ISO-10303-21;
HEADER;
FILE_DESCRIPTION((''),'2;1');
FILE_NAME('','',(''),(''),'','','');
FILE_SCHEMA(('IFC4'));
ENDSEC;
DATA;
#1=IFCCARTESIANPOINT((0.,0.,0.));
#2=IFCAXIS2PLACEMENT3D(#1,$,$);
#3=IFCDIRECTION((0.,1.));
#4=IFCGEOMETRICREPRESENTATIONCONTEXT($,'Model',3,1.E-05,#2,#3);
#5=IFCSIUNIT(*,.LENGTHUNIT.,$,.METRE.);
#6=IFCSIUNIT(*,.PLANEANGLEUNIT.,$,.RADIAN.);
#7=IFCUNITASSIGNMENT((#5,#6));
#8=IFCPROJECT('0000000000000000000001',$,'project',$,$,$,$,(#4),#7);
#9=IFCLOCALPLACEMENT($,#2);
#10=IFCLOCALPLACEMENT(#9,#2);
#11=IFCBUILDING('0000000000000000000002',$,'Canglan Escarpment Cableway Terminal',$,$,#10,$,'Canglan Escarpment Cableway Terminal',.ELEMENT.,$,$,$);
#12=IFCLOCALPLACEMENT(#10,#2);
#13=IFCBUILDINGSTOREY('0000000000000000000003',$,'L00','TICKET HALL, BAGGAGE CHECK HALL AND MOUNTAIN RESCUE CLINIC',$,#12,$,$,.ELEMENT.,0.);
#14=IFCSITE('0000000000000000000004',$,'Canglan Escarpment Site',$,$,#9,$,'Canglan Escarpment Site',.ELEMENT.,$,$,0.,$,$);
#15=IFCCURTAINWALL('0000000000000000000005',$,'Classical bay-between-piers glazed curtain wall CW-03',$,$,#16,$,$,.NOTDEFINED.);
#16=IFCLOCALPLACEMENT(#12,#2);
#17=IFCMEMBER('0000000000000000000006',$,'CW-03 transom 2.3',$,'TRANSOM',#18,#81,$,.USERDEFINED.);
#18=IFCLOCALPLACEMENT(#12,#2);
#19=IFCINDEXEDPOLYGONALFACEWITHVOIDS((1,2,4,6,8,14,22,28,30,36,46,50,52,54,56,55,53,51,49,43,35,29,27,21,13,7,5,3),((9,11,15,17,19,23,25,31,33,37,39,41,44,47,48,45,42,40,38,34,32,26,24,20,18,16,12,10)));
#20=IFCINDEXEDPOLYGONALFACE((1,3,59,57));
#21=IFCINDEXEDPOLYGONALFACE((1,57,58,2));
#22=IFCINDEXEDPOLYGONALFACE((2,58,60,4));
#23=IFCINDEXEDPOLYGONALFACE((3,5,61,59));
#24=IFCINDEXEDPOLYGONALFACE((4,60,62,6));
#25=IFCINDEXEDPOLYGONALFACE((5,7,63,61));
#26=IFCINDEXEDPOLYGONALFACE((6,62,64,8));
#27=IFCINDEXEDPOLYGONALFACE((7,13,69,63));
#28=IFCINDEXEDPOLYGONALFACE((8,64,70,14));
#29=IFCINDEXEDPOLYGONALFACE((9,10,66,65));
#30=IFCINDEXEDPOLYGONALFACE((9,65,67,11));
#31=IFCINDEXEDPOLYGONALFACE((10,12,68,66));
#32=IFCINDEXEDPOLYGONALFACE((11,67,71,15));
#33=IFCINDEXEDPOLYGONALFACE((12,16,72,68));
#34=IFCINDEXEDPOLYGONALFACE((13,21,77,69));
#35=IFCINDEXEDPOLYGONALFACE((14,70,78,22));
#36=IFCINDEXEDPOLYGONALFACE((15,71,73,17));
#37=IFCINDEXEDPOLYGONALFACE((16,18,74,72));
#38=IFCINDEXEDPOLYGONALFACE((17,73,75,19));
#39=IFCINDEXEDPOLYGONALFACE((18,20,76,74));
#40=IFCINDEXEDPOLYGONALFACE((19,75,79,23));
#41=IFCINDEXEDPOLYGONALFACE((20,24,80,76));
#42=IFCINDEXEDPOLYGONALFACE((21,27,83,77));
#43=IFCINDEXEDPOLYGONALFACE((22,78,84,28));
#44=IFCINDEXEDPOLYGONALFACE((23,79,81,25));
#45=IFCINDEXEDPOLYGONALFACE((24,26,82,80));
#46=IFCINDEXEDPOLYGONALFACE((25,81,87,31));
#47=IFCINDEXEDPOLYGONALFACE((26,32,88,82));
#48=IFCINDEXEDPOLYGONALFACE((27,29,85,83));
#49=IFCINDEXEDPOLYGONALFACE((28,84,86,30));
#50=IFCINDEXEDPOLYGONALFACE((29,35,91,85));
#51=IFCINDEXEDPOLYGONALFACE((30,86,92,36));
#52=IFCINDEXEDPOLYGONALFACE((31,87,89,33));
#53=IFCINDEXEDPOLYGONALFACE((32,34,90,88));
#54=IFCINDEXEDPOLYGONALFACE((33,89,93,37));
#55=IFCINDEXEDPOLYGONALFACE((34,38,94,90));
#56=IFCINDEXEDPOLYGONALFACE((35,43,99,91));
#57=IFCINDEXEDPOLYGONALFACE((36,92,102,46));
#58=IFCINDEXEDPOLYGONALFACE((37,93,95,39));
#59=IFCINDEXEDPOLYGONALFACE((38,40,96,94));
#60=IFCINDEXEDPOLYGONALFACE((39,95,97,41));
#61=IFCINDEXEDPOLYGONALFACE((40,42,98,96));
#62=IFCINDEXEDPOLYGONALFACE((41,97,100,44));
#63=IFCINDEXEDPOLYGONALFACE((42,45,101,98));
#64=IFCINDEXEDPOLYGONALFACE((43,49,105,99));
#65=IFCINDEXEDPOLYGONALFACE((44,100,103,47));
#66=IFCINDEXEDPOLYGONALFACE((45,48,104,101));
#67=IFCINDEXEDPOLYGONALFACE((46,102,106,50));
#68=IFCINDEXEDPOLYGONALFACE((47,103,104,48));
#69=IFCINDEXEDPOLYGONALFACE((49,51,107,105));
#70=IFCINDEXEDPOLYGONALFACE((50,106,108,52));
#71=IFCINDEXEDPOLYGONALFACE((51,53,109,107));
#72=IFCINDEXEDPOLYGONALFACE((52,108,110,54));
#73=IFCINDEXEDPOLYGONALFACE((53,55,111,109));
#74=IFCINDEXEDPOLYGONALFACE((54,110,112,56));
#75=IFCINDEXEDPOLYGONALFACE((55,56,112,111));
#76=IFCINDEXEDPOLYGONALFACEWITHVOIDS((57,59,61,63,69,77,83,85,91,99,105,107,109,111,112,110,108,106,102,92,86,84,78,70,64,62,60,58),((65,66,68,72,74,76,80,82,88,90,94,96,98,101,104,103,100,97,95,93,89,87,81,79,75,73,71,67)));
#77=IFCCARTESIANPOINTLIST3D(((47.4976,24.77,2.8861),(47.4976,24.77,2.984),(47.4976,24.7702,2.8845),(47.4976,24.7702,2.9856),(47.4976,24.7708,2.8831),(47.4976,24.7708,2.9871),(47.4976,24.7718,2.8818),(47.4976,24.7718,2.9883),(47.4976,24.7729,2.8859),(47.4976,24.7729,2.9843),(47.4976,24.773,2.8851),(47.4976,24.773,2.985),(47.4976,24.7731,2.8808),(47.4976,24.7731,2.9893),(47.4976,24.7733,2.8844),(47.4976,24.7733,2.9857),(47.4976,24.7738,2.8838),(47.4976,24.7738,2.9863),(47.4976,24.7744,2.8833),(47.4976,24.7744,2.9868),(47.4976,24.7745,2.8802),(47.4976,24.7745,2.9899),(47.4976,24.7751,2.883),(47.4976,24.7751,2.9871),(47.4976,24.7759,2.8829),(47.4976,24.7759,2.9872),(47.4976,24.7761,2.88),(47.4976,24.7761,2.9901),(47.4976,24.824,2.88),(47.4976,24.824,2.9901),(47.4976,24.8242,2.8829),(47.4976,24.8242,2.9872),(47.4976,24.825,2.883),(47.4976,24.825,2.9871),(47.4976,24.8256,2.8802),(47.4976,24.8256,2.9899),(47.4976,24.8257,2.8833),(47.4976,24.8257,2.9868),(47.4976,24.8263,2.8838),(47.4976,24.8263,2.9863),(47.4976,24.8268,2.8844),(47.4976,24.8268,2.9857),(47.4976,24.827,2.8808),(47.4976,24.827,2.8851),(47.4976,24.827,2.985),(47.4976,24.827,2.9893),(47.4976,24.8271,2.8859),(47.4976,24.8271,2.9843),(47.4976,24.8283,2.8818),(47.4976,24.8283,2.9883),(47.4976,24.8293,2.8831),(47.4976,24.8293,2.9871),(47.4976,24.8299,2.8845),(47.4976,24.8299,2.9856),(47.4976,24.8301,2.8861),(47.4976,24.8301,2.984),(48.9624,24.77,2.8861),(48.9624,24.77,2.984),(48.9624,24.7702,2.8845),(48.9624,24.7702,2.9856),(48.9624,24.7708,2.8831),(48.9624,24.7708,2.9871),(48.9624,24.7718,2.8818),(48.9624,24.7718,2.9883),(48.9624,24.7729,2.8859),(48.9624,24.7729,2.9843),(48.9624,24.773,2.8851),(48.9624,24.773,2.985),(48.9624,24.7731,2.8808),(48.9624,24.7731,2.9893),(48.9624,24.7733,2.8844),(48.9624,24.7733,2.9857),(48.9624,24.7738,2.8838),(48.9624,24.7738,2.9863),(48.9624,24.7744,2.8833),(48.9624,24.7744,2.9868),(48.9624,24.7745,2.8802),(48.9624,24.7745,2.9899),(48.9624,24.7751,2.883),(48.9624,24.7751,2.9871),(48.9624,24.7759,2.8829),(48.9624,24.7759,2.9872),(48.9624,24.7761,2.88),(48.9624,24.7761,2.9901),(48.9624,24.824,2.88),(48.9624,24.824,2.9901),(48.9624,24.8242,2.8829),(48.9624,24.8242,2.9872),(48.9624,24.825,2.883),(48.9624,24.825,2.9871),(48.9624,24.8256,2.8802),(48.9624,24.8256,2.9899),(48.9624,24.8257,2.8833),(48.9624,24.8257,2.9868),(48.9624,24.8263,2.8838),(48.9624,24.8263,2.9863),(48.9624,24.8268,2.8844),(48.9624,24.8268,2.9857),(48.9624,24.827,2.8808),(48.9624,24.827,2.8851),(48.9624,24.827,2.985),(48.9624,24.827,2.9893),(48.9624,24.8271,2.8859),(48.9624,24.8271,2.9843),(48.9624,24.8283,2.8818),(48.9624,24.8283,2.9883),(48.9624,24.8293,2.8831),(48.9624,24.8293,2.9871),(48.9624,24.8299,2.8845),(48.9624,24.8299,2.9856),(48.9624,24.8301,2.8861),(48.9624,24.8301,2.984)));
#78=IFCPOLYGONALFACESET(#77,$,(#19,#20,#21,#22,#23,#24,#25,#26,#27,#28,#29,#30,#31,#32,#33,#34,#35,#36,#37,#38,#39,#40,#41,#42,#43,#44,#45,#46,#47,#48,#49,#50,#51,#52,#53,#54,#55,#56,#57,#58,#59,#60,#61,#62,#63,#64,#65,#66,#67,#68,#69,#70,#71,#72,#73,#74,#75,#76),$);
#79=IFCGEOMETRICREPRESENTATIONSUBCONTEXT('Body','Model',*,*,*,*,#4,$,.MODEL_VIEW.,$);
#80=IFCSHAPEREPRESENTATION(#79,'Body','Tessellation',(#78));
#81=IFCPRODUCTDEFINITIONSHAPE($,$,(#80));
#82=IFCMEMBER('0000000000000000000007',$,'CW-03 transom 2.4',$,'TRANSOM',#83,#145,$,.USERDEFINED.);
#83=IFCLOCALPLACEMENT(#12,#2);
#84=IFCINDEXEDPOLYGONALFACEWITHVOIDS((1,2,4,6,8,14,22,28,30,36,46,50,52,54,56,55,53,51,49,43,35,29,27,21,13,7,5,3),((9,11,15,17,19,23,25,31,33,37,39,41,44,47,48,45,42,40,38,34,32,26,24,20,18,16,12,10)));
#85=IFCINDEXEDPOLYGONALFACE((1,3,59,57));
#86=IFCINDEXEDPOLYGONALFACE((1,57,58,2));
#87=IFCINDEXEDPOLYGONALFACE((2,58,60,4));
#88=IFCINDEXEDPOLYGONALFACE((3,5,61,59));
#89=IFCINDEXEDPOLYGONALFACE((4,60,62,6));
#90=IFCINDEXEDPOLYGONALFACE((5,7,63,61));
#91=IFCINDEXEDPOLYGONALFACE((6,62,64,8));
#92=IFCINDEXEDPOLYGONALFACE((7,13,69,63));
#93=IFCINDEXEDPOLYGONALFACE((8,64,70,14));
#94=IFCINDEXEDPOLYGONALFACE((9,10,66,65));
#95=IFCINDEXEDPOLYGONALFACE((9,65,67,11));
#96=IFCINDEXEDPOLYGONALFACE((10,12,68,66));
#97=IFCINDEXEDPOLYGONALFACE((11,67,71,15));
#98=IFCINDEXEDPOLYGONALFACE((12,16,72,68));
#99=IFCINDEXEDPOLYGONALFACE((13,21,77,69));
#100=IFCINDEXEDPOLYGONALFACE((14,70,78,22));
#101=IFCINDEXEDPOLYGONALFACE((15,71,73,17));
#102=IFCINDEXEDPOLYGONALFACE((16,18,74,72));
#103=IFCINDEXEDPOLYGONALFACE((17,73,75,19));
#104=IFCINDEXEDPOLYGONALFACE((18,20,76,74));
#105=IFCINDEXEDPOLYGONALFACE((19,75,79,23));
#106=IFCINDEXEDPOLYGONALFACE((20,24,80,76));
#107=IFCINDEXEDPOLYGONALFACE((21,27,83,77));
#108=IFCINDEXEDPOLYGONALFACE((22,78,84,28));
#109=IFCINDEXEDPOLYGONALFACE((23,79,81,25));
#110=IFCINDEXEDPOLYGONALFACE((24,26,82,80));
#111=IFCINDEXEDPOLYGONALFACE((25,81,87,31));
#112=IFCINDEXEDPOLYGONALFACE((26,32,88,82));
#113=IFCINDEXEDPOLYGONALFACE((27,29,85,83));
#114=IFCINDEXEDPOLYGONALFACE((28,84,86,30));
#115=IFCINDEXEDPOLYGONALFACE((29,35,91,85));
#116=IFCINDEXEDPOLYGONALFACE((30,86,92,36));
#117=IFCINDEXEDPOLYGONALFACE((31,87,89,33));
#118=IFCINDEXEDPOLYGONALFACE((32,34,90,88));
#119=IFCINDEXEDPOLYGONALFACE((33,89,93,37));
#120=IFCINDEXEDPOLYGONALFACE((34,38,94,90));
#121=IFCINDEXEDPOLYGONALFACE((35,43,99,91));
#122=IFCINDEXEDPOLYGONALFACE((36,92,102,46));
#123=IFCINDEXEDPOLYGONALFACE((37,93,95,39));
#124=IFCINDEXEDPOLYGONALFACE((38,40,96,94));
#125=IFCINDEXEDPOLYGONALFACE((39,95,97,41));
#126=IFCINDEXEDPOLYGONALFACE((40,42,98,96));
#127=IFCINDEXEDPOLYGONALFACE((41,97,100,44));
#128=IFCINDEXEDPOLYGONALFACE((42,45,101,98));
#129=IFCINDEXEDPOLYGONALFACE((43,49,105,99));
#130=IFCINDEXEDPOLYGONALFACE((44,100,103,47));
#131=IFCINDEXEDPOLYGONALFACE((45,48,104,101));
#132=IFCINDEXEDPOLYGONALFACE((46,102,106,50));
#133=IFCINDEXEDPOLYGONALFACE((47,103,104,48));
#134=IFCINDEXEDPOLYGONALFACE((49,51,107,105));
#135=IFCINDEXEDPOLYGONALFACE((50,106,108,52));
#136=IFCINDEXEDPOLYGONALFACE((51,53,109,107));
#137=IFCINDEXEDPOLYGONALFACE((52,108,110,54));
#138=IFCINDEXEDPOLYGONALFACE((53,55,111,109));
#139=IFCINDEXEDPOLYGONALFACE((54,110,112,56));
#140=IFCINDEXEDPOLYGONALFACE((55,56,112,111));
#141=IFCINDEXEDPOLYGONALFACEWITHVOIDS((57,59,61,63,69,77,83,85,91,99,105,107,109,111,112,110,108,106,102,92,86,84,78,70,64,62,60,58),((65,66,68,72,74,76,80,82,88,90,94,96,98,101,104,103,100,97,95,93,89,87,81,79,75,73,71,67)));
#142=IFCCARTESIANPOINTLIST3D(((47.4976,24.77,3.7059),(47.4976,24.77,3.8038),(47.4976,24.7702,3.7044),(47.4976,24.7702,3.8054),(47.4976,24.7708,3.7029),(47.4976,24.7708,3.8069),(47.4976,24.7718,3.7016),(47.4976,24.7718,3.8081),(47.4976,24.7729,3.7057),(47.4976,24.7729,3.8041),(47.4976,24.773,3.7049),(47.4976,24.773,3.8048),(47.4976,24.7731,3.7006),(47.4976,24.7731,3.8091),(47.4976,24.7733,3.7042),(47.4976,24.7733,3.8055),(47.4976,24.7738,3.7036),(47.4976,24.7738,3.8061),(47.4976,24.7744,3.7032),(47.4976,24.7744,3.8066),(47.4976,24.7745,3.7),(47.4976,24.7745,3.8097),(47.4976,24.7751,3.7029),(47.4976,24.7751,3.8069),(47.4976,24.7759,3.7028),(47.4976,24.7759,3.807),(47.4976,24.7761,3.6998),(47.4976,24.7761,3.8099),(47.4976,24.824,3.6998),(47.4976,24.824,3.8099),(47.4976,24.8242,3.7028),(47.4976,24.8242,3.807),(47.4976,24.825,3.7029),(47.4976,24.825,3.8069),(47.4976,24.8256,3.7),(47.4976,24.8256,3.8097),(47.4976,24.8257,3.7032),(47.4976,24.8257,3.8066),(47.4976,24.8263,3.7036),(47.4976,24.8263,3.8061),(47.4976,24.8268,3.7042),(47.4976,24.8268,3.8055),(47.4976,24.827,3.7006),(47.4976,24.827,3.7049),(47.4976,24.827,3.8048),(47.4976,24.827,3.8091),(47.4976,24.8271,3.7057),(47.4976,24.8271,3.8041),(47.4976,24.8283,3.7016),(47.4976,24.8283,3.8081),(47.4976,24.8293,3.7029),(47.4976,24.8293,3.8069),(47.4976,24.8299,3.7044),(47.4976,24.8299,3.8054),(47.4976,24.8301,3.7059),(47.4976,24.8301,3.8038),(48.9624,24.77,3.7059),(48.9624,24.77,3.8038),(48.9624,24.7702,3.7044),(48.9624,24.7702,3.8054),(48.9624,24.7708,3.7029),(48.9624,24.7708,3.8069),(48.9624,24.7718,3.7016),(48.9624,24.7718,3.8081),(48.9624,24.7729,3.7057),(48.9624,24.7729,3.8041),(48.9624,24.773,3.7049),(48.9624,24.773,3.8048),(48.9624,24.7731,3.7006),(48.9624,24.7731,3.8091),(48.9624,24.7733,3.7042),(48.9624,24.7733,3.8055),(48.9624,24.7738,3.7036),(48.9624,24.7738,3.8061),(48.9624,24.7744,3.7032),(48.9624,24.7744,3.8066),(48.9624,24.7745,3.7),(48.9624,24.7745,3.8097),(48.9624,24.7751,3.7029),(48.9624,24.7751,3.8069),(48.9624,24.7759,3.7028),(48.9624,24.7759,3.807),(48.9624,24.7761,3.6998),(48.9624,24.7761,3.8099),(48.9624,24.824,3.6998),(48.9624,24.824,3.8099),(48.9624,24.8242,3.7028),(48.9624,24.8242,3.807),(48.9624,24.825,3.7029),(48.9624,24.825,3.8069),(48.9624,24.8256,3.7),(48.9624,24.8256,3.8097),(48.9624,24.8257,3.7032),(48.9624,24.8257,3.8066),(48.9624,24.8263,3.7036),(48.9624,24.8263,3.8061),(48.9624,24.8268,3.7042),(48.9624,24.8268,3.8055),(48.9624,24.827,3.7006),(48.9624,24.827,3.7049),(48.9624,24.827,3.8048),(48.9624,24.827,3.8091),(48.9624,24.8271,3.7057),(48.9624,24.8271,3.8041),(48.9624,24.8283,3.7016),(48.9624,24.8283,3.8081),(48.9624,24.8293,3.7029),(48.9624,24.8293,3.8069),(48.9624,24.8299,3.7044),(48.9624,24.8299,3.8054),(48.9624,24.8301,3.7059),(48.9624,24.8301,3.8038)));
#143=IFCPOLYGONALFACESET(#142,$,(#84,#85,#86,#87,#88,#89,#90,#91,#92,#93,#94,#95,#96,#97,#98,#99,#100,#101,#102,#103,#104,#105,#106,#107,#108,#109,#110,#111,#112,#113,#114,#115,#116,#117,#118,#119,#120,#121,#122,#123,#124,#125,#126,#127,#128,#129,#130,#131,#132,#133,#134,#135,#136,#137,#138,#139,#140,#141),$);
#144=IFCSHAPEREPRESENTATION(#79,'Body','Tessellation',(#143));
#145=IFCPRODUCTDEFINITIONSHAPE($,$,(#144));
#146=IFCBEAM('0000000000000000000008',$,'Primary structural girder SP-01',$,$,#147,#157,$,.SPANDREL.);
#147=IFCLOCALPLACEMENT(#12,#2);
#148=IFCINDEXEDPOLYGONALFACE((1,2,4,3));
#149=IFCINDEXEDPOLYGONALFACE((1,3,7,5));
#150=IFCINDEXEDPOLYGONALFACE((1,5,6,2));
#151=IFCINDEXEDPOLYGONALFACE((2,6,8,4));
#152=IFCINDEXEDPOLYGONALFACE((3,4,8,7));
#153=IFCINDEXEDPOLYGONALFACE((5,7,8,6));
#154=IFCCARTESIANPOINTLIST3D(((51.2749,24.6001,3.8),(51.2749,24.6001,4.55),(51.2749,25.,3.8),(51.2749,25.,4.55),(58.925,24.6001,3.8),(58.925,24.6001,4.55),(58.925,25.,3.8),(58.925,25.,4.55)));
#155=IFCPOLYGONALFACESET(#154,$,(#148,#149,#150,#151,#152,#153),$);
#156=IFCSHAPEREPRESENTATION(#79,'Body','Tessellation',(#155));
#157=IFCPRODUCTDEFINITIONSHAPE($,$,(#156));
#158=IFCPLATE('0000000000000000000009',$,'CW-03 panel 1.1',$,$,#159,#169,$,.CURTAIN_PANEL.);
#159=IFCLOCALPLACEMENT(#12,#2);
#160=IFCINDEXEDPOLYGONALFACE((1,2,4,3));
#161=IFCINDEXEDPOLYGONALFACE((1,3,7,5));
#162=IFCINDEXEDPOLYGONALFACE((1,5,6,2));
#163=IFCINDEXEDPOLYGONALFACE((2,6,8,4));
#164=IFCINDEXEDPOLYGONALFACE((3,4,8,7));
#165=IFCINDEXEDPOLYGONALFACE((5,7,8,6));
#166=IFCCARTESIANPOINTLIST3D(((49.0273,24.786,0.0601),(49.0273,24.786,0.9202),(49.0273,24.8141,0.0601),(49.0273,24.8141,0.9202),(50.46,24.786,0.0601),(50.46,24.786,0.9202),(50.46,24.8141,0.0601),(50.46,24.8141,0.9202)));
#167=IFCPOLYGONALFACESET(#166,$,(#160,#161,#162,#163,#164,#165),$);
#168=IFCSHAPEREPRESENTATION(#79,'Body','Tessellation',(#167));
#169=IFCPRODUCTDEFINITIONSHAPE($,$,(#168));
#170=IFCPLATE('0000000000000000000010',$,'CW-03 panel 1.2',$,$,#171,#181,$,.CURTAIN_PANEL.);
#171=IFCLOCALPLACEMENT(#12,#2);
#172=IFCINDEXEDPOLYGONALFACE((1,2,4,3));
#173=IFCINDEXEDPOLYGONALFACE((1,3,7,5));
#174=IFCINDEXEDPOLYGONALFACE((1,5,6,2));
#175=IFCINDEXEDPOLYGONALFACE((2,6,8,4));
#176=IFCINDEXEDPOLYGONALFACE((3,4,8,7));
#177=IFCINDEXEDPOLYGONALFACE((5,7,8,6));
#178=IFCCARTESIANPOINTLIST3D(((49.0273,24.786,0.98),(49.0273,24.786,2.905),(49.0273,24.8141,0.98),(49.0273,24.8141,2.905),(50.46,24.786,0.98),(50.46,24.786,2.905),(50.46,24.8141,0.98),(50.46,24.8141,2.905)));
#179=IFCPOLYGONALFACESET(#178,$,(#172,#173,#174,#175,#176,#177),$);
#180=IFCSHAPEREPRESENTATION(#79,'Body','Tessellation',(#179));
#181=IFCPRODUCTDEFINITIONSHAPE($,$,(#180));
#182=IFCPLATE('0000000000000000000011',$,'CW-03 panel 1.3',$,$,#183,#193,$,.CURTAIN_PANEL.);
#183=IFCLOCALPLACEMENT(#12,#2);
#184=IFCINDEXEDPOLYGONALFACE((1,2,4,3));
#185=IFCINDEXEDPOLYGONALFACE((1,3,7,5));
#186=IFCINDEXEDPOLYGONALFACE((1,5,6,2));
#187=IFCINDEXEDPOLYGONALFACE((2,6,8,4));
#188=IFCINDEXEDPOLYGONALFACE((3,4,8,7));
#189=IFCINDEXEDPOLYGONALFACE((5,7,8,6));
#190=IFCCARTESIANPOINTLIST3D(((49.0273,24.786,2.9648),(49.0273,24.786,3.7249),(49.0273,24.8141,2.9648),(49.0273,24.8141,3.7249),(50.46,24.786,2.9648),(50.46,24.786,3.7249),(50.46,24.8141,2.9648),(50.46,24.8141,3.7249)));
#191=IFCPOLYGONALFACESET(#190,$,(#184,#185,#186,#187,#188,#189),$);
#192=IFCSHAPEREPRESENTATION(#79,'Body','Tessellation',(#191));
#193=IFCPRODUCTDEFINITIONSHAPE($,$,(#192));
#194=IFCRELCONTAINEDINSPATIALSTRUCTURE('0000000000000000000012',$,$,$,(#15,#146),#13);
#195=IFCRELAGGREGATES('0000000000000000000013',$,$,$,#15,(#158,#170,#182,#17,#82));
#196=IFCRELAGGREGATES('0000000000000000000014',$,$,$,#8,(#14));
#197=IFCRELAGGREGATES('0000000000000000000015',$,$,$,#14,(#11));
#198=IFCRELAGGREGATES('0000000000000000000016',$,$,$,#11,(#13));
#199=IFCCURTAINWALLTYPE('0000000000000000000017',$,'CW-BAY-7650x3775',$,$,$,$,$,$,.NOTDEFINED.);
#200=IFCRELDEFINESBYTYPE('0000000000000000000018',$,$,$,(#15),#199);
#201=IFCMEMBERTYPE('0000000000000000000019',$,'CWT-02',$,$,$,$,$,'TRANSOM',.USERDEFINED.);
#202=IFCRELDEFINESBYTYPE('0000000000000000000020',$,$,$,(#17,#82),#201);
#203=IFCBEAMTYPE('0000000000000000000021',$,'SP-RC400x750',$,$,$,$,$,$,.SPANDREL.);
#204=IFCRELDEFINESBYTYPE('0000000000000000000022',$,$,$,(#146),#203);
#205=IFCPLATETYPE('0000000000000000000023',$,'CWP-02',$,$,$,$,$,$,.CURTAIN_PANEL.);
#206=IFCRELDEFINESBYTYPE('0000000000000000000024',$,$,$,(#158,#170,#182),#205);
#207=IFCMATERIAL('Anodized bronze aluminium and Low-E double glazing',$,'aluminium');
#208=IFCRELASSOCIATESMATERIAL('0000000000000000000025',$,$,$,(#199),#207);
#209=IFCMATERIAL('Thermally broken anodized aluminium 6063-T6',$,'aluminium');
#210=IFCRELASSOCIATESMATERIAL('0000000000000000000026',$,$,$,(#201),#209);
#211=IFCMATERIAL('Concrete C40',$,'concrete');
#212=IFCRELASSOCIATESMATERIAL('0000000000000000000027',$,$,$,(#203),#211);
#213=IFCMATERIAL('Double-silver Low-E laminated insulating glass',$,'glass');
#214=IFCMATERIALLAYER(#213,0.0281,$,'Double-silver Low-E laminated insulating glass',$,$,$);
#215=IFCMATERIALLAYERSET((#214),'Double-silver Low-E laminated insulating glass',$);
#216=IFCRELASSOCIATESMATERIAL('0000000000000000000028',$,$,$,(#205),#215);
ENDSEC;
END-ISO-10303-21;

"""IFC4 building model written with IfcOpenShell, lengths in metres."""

from ifc_helpers import new_model, si_unit, direction, frame, origin, origin_2d, place, context, subcontext, project, spatial, rectangle, hollow_rectangle, extrude, material, layer, layer_set, material_profile, profile_set, type_object, element, aggregate, save


model = new_model("IFC4")

# Units and contexts
model_context = context("Model", 3, precision=1e-05, world=origin(), true_north=direction((0.0, 1.0)))
body_context = subcontext(model_context, "Body", "Model", "MODEL_VIEW")
ifc_project = project(units=[si_unit("LENGTHUNIT", "METRE"), si_unit("PLANEANGLEUNIT", "RADIAN")], contexts=[model_context])

# Site, building, storey
site_placement = place(None, origin())
site = spatial("IfcSite", under=ifc_project, at=site_placement, Name="Canglan Escarpment Site", LongName="Canglan Escarpment Site", CompositionType="ELEMENT", RefElevation=0.0)
building_placement = place(site_placement, origin())
building = spatial("IfcBuilding", under=site, at=building_placement, Name="Canglan Escarpment Cableway Terminal", LongName="Canglan Escarpment Cableway Terminal", CompositionType="ELEMENT")
storey_placement = place(building_placement, origin())
storey = spatial("IfcBuildingStorey", under=building, at=storey_placement, Name="L00", Description="TICKET HALL, BAGGAGE CHECK HALL AND MOUNTAIN RESCUE CLINIC", CompositionType="ELEMENT", Elevation=0.0)

# Shared definitions
ifc_material_1 = material(Name="Concrete C40", Category="concrete")

# Curtain wall
ifc_material_2 = material(Name="Anodized bronze aluminium and Low-E double glazing", Category="aluminium")
curtain_wall_type = type_object("IfcCurtainWallType", Name="CW-BAY-7650x3775", PredefinedType="NOTDEFINED", material=ifc_material_2)
curtain_wall_1_placement = place(storey_placement, origin())
curtain_wall_1 = element("IfcCurtainWall", 1, at=curtain_wall_1_placement, inside=storey, type_object=curtain_wall_type, Name="Classical bay-between-piers glazed curtain wall CW-03", PredefinedType="NOTDEFINED")
ifc_material_3 = material(Name="Thermally broken anodized aluminium 6063-T6", Category="aluminium")

# Members
ifc_material_profile_1 = material_profile(ifc_material_3, hollow_rectangle(XDim=0.0601, YDim=0.1101, WallThickness=0.0029, InnerFilletRadius=0.0029, OuterFilletRadius=0.0061, at=origin_2d()), Name="ALU-TRAN 60x110x3")
ifc_profile_set_1 = profile_set([ifc_material_profile_1], Name="Thermally broken anodized aluminium 6063-T6")
member_type_1 = type_object("IfcMemberType", Name="CWT-02", ElementType="TRANSOM", PredefinedType="USERDEFINED", material=ifc_profile_set_1)
member_1_placement = place(storey_placement, frame((48.9624, 24.8, 2.9351), z_axis=(-1.0, 0.0, 0.0), x_axis=(0.0, -1.0, 0.0)))
member_1 = element("IfcMember", 2, at=member_1_placement, type_object=member_type_1, Name="CW-03 transom 2.3", ObjectType="TRANSOM", PredefinedType="USERDEFINED", context=body_context, shape_type="SweptSolid", body=[
    extrude(hollow_rectangle(XDim=0.0601, YDim=0.1101, WallThickness=0.0029, InnerFilletRadius=0.0029, OuterFilletRadius=0.0061, at=origin_2d()), origin(), (0.0, 0.0, 1.0), 1.4648),
])
member_2_placement = place(storey_placement, frame((48.9624, 24.8, 3.7549), z_axis=(-1.0, 0.0, 0.0), x_axis=(0.0, -1.0, 0.0)))
member_2 = element("IfcMember", 3, at=member_2_placement, type_object=member_type_1, Name="CW-03 transom 2.4", ObjectType="TRANSOM", PredefinedType="USERDEFINED", context=body_context, shape_type="SweptSolid", body=[
    extrude(hollow_rectangle(XDim=0.0601, YDim=0.1101, WallThickness=0.0029, InnerFilletRadius=0.0029, OuterFilletRadius=0.0061, at=origin_2d()), origin(), (0.0, 0.0, 1.0), 1.4648),
])

# Beam
ifc_material_profile_2 = material_profile(ifc_material_1, rectangle(XDim=0.3999, YDim=0.75, at=origin_2d()), Name="RC 400x750")
ifc_profile_set_2 = profile_set([ifc_material_profile_2], Name="Concrete C40")
beam_type = type_object("IfcBeamType", Name="SP-RC400x750", PredefinedType="SPANDREL", material=ifc_profile_set_2)
beam_placement = place(storey_placement, frame((51.2749, 24.8, 4.175), z_axis=(1.0, 0.0, 0.0), x_axis=(0.0, 1.0, 0.0)))
element("IfcBeam", 4, at=beam_placement, inside=storey, type_object=beam_type, Name="Primary structural girder SP-01", PredefinedType="SPANDREL", context=body_context, shape_type="SweptSolid", body=[
    extrude(rectangle(XDim=0.3999, YDim=0.75, at=origin_2d()), origin(), (0.0, 0.0, 1.0), 7.6501),
])

# Plates
ifc_material_4 = material(Name="Double-silver Low-E laminated insulating glass", Category="glass")
ifc_layer_1 = layer(ifc_material_4, 0.0281, Name="Double-silver Low-E laminated insulating glass")
ifc_layer_set_1 = layer_set([ifc_layer_1], Name="Double-silver Low-E laminated insulating glass")
plate_type_1 = type_object("IfcPlateType", Name="CWP-02", PredefinedType="CURTAIN_PANEL", material=ifc_layer_set_1)
plate_1_placement = place(storey_placement, frame((49.7437, 24.8, 0.0601), z_axis=(0.0, 0.0, 1.0), x_axis=(-1.0, 0.0, 0.0)))
plate_1 = element("IfcPlate", 5, at=plate_1_placement, type_object=plate_type_1, Name="CW-03 panel 1.1", PredefinedType="CURTAIN_PANEL", context=body_context, shape_type="SweptSolid", body=[
    extrude(rectangle(XDim=1.4326, YDim=0.0281, at=origin_2d()), origin(), (0.0, 0.0, 1.0), 0.8601),
])
plate_2_placement = place(storey_placement, frame((49.7437, 24.8, 0.98), z_axis=(0.0, 0.0, 1.0), x_axis=(-1.0, 0.0, 0.0)))
plate_2 = element("IfcPlate", 6, at=plate_2_placement, type_object=plate_type_1, Name="CW-03 panel 1.2", PredefinedType="CURTAIN_PANEL", context=body_context, shape_type="SweptSolid", body=[
    extrude(rectangle(XDim=1.4326, YDim=0.0281, at=origin_2d()), origin(), (0.0, 0.0, 1.0), 1.925),
])
plate_3_placement = place(storey_placement, frame((49.7437, 24.8, 2.9648), z_axis=(0.0, 0.0, 1.0), x_axis=(-1.0, 0.0, 0.0)))
plate_3 = element("IfcPlate", 7, at=plate_3_placement, type_object=plate_type_1, Name="CW-03 panel 1.3", PredefinedType="CURTAIN_PANEL", context=body_context, shape_type="SweptSolid", body=[
    extrude(rectangle(XDim=1.4326, YDim=0.0281, at=origin_2d()), origin(), (0.0, 0.0, 1.0), 0.76),
])
aggregate(curtain_wall_1, [plate_1, plate_2, plate_3, member_1, member_2])

save(model, "model.ifc")
